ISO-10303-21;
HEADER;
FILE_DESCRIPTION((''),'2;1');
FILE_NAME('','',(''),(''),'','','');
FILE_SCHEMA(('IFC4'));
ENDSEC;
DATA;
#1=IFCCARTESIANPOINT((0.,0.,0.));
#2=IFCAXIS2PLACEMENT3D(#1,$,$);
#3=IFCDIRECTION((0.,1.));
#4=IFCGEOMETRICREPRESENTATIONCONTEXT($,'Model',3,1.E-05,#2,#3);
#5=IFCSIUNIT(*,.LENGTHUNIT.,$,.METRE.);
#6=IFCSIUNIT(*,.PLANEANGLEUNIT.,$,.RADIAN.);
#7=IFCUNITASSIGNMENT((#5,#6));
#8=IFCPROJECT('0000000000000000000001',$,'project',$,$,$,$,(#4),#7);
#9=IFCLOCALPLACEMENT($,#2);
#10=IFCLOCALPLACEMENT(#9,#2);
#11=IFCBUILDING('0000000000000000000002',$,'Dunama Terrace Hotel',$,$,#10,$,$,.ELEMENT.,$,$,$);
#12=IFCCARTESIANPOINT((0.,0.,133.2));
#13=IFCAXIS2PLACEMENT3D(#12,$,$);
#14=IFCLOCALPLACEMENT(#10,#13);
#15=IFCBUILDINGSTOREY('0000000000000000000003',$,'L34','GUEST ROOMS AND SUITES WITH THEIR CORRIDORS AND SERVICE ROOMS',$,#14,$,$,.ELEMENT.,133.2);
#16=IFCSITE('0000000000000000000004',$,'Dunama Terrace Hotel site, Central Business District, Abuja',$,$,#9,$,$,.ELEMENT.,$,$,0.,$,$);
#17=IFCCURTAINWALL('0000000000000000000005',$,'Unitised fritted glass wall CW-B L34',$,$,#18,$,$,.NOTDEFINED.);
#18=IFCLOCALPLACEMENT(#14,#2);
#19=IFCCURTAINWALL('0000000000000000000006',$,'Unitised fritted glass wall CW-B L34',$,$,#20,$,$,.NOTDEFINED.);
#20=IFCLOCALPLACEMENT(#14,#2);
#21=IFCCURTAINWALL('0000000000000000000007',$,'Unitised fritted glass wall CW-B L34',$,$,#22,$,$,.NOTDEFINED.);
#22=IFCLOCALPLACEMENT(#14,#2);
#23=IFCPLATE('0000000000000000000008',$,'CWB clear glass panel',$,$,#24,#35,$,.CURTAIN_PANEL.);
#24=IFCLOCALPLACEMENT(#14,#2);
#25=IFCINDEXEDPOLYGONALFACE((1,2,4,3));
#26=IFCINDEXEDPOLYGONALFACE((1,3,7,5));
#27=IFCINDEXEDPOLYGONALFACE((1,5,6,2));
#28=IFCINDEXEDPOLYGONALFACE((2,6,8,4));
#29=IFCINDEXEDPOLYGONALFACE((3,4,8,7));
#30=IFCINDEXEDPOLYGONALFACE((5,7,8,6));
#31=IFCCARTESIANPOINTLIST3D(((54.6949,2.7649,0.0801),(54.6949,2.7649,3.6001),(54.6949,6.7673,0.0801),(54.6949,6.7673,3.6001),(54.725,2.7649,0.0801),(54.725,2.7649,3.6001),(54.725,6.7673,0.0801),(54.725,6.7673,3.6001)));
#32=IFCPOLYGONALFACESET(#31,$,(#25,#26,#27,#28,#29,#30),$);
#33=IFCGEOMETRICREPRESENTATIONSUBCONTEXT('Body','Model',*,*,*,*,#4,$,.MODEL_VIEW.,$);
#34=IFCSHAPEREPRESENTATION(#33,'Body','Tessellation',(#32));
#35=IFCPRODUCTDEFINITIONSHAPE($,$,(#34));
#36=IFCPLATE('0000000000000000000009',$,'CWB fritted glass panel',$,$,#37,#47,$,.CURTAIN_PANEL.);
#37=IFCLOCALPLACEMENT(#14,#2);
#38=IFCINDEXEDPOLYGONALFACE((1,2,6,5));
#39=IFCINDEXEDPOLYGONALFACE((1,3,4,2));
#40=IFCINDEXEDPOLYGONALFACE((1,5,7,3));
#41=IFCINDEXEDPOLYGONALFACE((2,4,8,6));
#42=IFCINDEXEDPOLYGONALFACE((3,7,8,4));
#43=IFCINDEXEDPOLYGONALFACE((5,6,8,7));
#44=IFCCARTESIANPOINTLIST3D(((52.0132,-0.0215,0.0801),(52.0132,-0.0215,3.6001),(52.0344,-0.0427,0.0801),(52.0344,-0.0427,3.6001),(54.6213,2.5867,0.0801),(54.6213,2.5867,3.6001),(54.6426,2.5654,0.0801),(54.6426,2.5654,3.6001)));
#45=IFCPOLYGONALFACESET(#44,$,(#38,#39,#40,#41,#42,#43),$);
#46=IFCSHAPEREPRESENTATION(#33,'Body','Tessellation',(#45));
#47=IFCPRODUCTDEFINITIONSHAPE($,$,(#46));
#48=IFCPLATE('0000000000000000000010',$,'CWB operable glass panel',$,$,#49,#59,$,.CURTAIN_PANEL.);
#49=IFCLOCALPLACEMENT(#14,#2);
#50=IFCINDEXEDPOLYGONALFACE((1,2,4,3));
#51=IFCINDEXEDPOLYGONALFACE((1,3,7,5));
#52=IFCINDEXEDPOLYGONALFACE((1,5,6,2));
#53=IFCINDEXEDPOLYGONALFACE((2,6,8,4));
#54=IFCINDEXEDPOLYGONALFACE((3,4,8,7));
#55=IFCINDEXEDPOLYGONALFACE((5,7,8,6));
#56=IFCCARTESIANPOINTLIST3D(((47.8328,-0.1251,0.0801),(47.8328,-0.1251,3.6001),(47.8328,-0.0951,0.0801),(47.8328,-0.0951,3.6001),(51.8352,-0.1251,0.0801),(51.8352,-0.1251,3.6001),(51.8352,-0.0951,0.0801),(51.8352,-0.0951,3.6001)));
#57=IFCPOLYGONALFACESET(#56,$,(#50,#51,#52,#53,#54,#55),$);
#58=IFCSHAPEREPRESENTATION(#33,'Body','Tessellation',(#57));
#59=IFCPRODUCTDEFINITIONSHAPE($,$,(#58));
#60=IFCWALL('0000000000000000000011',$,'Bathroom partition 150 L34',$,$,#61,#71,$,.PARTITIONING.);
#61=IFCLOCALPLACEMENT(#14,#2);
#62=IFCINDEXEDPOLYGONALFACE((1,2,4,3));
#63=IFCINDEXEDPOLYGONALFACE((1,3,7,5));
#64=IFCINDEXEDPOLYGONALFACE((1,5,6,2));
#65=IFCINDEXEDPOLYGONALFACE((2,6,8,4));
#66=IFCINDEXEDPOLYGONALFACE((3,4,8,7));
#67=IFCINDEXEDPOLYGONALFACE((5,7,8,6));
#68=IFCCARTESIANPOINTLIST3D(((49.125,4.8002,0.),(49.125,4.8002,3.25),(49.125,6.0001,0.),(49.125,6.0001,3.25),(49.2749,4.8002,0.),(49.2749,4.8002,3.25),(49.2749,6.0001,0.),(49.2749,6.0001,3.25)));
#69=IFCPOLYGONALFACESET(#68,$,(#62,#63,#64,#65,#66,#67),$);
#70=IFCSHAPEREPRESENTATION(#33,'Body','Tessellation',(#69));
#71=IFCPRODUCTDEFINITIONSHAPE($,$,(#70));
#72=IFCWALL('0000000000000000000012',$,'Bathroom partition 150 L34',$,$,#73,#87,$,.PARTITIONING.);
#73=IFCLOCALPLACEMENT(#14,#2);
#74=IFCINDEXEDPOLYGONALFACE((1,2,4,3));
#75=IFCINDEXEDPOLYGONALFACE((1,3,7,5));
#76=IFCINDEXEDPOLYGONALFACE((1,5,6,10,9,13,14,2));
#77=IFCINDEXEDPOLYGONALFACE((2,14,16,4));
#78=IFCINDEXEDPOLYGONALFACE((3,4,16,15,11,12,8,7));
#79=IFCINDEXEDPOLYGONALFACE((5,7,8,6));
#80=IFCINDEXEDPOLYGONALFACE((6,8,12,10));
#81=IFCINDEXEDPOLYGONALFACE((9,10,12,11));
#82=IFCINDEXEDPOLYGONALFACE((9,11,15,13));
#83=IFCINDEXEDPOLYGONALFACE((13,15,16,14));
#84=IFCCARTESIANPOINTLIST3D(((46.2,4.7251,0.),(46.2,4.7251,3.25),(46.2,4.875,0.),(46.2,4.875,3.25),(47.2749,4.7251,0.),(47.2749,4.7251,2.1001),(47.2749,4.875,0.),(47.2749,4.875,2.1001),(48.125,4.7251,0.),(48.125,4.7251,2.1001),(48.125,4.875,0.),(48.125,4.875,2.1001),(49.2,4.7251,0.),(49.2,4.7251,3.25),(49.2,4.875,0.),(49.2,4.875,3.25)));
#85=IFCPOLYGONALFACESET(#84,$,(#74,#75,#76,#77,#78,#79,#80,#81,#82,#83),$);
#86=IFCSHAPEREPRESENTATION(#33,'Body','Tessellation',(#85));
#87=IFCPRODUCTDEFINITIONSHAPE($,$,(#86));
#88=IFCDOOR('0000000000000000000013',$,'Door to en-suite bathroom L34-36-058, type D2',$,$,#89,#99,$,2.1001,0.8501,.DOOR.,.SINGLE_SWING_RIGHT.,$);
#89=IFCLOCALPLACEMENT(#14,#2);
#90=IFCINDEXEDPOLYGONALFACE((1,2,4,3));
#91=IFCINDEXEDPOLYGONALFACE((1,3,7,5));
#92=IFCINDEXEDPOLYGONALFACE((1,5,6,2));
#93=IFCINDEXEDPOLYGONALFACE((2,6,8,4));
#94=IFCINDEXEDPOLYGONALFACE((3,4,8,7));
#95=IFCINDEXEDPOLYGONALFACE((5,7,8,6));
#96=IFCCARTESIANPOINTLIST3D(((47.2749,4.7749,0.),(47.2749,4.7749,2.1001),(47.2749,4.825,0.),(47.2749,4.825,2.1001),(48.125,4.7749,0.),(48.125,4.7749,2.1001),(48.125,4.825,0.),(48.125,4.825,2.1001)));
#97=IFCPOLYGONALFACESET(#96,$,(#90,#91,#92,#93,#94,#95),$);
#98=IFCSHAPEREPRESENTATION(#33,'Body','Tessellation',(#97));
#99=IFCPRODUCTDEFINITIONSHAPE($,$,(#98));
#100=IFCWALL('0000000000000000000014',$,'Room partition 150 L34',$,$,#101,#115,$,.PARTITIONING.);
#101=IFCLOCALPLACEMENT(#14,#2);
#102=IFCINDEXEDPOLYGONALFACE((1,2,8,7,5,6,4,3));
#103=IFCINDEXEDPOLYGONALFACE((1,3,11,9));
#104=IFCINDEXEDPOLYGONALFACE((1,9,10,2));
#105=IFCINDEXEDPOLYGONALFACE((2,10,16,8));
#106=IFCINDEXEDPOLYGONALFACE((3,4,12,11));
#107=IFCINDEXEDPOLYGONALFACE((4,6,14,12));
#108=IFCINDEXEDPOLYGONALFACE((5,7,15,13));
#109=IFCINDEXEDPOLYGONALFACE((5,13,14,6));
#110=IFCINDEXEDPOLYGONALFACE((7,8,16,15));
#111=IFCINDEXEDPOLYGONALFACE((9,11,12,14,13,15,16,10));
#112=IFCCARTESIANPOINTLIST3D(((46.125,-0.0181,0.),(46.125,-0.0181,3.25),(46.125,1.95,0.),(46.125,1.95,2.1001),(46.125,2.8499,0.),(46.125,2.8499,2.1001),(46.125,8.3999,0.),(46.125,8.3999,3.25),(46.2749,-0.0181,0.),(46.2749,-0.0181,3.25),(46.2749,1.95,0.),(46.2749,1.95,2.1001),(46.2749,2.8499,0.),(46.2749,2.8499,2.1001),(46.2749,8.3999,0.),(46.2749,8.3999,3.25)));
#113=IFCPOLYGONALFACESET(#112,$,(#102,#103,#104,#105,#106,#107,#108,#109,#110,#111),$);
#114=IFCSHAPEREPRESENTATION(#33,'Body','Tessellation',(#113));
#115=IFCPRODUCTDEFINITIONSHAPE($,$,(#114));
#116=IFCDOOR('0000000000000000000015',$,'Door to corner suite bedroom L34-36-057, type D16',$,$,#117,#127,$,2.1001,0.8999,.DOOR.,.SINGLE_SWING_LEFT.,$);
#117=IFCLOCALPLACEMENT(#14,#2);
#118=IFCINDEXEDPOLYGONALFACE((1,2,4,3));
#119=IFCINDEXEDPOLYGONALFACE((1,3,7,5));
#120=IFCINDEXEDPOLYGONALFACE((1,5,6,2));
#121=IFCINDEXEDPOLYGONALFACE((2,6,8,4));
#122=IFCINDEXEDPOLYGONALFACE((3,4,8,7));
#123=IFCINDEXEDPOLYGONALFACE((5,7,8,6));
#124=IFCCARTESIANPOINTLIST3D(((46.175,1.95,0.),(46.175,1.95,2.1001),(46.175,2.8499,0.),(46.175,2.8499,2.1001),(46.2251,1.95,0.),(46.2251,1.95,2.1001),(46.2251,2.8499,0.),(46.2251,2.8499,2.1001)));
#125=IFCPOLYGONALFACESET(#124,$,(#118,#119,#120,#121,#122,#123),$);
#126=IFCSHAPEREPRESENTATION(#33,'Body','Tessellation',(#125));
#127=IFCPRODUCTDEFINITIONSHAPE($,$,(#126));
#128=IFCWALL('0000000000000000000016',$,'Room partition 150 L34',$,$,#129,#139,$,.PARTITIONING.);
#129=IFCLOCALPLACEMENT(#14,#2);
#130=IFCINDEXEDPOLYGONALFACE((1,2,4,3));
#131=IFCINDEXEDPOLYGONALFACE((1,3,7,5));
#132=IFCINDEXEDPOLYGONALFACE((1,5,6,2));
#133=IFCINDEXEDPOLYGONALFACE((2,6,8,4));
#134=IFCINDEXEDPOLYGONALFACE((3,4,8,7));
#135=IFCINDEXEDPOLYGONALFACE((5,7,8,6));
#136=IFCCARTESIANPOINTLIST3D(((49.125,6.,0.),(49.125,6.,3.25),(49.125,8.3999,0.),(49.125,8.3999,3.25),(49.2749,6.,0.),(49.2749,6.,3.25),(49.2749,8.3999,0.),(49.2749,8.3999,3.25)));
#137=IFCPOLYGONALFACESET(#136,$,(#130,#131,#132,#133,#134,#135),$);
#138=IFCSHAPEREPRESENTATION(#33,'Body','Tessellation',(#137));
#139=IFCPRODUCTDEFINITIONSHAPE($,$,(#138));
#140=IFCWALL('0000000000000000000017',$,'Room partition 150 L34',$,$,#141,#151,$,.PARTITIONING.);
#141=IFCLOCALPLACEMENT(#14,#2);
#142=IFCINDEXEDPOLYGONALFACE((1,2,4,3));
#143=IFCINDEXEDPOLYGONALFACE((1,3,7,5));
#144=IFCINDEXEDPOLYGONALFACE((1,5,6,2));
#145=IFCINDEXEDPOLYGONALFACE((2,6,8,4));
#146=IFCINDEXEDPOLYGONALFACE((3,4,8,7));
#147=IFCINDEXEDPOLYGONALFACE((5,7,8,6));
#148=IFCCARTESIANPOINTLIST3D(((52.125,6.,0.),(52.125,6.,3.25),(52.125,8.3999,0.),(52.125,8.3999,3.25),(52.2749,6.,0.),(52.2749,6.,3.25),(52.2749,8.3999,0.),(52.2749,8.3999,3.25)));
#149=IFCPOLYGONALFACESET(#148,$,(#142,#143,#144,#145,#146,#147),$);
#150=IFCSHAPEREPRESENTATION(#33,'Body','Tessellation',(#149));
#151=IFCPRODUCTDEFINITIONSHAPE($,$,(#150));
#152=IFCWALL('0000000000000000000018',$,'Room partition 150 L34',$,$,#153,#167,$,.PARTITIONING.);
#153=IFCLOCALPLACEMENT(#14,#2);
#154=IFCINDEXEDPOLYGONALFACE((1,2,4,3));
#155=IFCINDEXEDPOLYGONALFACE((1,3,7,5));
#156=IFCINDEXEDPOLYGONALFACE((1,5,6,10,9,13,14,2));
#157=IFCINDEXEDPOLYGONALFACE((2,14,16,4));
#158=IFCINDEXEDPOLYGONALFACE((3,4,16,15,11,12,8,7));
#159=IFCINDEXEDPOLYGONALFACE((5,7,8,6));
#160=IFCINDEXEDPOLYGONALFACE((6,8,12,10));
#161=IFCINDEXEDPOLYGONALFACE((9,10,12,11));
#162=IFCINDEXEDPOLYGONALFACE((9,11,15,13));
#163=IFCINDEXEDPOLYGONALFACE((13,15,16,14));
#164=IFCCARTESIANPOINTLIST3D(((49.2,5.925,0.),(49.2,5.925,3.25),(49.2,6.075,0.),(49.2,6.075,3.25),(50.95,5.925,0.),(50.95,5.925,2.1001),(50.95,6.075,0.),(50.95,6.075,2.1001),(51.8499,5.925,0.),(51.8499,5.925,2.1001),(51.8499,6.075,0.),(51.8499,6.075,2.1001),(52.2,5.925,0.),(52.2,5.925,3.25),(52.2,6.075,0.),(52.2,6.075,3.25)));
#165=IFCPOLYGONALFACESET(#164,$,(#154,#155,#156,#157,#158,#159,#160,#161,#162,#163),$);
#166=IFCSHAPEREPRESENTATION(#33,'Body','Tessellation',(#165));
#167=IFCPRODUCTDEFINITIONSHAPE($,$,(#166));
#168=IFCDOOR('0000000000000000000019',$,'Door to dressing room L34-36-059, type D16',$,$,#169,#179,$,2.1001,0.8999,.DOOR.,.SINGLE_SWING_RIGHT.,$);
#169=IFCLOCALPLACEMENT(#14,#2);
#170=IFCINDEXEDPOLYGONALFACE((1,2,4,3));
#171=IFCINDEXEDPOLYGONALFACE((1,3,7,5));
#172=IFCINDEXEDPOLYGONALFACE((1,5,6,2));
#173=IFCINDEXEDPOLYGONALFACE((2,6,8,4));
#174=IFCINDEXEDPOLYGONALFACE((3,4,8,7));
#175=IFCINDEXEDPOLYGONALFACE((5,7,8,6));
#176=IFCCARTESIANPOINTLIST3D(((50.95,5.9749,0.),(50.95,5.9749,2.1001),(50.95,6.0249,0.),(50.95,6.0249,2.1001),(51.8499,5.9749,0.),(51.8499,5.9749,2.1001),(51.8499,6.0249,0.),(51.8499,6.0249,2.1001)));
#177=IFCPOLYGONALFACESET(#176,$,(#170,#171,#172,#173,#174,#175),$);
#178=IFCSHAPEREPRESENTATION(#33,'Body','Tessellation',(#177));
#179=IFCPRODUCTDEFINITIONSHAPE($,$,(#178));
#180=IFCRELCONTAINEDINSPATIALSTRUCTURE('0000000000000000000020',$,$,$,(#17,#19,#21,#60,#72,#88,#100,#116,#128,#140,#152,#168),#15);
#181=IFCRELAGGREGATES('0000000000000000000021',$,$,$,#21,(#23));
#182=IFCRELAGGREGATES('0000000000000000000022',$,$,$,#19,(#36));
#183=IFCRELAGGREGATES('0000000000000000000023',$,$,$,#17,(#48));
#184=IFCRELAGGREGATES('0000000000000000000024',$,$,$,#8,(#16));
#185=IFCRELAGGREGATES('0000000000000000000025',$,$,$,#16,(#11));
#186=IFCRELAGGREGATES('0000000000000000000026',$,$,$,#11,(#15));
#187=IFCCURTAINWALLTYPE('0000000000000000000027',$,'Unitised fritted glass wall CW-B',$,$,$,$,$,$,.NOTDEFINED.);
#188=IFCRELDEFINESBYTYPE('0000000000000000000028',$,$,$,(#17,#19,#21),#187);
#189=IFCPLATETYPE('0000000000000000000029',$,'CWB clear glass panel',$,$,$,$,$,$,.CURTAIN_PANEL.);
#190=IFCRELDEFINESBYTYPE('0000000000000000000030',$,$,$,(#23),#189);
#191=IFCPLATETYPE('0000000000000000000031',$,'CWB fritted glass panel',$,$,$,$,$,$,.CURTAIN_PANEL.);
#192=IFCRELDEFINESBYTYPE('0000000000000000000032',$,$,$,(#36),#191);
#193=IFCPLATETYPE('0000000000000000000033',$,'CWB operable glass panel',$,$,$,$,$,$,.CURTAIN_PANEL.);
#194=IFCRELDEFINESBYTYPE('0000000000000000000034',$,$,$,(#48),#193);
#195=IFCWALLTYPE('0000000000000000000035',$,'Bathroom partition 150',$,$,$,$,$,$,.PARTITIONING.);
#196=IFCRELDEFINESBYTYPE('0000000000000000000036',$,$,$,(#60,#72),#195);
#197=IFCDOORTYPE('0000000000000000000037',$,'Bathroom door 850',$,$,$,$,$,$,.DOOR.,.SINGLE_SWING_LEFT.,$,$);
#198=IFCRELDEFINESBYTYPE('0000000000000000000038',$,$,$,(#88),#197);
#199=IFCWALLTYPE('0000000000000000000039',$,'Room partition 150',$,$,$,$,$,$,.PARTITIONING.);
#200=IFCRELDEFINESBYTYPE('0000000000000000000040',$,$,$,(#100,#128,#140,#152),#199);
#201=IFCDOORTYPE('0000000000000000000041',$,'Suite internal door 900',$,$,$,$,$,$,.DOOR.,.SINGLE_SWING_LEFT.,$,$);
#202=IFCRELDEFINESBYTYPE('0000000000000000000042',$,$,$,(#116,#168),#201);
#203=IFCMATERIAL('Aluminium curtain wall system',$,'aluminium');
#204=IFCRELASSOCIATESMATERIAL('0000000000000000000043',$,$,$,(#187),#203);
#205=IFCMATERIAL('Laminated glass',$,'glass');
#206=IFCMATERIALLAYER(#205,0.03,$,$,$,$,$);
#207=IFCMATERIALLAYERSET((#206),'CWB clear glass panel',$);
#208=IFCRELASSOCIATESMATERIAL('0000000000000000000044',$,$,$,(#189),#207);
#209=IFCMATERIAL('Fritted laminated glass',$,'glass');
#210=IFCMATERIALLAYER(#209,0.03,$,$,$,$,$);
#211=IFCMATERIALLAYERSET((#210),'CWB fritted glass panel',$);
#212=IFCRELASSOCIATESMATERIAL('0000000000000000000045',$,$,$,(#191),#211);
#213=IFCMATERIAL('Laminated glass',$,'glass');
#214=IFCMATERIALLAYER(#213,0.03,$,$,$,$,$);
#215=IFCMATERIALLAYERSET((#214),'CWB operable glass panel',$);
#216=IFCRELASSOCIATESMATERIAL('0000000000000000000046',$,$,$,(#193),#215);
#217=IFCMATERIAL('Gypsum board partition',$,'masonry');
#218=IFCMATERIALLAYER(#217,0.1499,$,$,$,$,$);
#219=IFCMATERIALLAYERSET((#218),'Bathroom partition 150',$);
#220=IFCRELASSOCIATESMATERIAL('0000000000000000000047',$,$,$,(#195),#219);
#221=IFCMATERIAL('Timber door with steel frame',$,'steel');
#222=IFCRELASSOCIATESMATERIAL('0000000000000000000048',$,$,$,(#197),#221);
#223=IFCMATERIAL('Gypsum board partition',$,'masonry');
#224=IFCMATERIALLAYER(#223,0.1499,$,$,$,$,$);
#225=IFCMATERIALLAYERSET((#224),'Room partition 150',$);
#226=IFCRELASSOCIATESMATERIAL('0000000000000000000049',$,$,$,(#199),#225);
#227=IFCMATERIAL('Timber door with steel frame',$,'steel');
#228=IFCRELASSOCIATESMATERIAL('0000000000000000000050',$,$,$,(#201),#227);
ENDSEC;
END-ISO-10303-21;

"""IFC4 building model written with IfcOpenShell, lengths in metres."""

from ifc_helpers import new_model, si_unit, direction, frame, frame_2d, origin, origin_2d, place, context, subcontext, project, spatial, rectangle, extrude, material, layer, layer_set, type_object, element, fill, aggregate, save


model = new_model("IFC4")

# Units and contexts
model_context = context("Model", 3, precision=1e-05, world=origin(), true_north=direction((0.0, 1.0)))
body_context = subcontext(model_context, "Body", "Model", "MODEL_VIEW")
ifc_project = project(units=[si_unit("LENGTHUNIT", "METRE"), si_unit("PLANEANGLEUNIT", "RADIAN")], contexts=[model_context])

# Site, building, storey
site_placement = place(None, origin())
site = spatial("IfcSite", under=ifc_project, at=site_placement, Name="Dunama Terrace Hotel site, Central Business District, Abuja", CompositionType="ELEMENT", RefElevation=0.0)
building_placement = place(site_placement, origin())
building = spatial("IfcBuilding", under=site, at=building_placement, Name="Dunama Terrace Hotel", CompositionType="ELEMENT")
storey_placement = place(building_placement, frame((0.0, 0.0, 133.2)))
storey = spatial("IfcBuildingStorey", under=building, at=storey_placement, Name="L34", Description="GUEST ROOMS AND SUITES WITH THEIR CORRIDORS AND SERVICE ROOMS", CompositionType="ELEMENT", Elevation=133.2)

# Curtain walls
ifc_material_1 = material(Name="Aluminium curtain wall system", Category="aluminium")
curtain_wall_type = type_object("IfcCurtainWallType", Name="Unitised fritted glass wall CW-B", PredefinedType="NOTDEFINED", material=ifc_material_1)
curtain_wall_1_placement = place(storey_placement, origin())
curtain_wall_1 = element("IfcCurtainWall", 1, at=curtain_wall_1_placement, inside=storey, type_object=curtain_wall_type, Name="Unitised fritted glass wall CW-B L34", PredefinedType="NOTDEFINED")
curtain_wall_2_placement = place(storey_placement, origin())
curtain_wall_2 = element("IfcCurtainWall", 2, at=curtain_wall_2_placement, inside=storey, type_object=curtain_wall_type, Name="Unitised fritted glass wall CW-B L34", PredefinedType="NOTDEFINED")
curtain_wall_3_placement = place(storey_placement, origin())
curtain_wall_3 = element("IfcCurtainWall", 3, at=curtain_wall_3_placement, inside=storey, type_object=curtain_wall_type, Name="Unitised fritted glass wall CW-B L34", PredefinedType="NOTDEFINED")

# Plates
ifc_material_2 = material(Name="Laminated glass", Category="glass")
ifc_layer_1 = layer(ifc_material_2, 0.03)
ifc_layer_set_1 = layer_set([ifc_layer_1], Name="CWB clear glass panel")
plate_type_1 = type_object("IfcPlateType", Name="CWB clear glass panel", PredefinedType="CURTAIN_PANEL", material=ifc_layer_set_1)
plate_1_placement = place(storey_placement, frame((54.71, 4.7661, 0.0801), z_axis=(0.0, 0.0, 1.0), x_axis=(0.0, 1.0, 0.0)))
plate_1 = element("IfcPlate", 4, at=plate_1_placement, type_object=plate_type_1, Name="CWB clear glass panel", PredefinedType="CURTAIN_PANEL", context=body_context, shape_type="SweptSolid", body=[
    extrude(rectangle(XDim=4.0024, YDim=0.03, at=origin_2d()), origin(), (0.0, 0.0, 1.0), 3.52),
])
aggregate(curtain_wall_3, [plate_1])
ifc_material_3 = material(Name="Fritted laminated glass", Category="glass")
ifc_layer_2 = layer(ifc_material_3, 0.03)
ifc_layer_set_2 = layer_set([ifc_layer_2], Name="CWB fritted glass panel")
plate_type_2 = type_object("IfcPlateType", Name="CWB fritted glass panel", PredefinedType="CURTAIN_PANEL", material=ifc_layer_set_2)
plate_2_placement = place(storey_placement, frame((53.3279, 1.272, 0.0801), z_axis=(0.0, 0.0, 1.0), x_axis=(0.707107, 0.707107, 0.0)))
plate_2 = element("IfcPlate", 5, at=plate_2_placement, type_object=plate_type_2, Name="CWB fritted glass panel", PredefinedType="CURTAIN_PANEL", context=body_context, shape_type="SweptSolid", body=[
    extrude(rectangle(XDim=3.6885, YDim=0.03, at=origin_2d()), origin(), (0.0, 0.0, 1.0), 3.52),
])
aggregate(curtain_wall_2, [plate_2])
ifc_material_4 = material(Name="Laminated glass", Category="glass")
ifc_layer_3 = layer(ifc_material_4, 0.03)
ifc_layer_set_3 = layer_set([ifc_layer_3], Name="CWB operable glass panel")
plate_type_3 = type_object("IfcPlateType", Name="CWB operable glass panel", PredefinedType="CURTAIN_PANEL", material=ifc_layer_set_3)
plate_3_placement = place(storey_placement, frame((49.834, -0.1101, 0.0801), z_axis=(0.0, 0.0, 1.0), x_axis=(1.0, 0.0, 0.0)))
plate_3 = element("IfcPlate", 6, at=plate_3_placement, type_object=plate_type_3, Name="CWB operable glass panel", PredefinedType="CURTAIN_PANEL", context=body_context, shape_type="SweptSolid", body=[
    extrude(rectangle(XDim=4.0024, YDim=0.03, at=origin_2d()), origin(), (0.0, 0.0, 1.0), 3.52),
])
aggregate(curtain_wall_1, [plate_3])

# Wall
ifc_material_5 = material(Name="Gypsum board partition", Category="masonry")
ifc_layer_4 = layer(ifc_material_5, 0.1499)
ifc_layer_set_4 = layer_set([ifc_layer_4], Name="Bathroom partition 150")
wall_type_1 = type_object("IfcWallType", Name="Bathroom partition 150", PredefinedType="PARTITIONING", material=ifc_layer_set_4)
wall_1_placement = place(storey_placement, frame((49.2, 4.8, 0.0), z_axis=(0.0, 0.0, 1.0), x_axis=(0.0, 1.0, 0.0)))
element("IfcWall", 7, at=wall_1_placement, inside=storey, type_object=wall_type_1, Name="Bathroom partition 150 L34", PredefinedType="PARTITIONING", context=body_context, shape_type="SweptSolid", body=[
    extrude(rectangle(XDim=1.2, YDim=0.1499, at=frame_2d((0.6001, 0.0))), origin(), (0.0, 0.0, 1.0), 3.25),
])

# Walls, openings, doors
wall_2_placement = place(storey_placement, frame((46.2, 4.8, 0.0), z_axis=(0.0, 0.0, 1.0), x_axis=(1.0, 0.0, 0.0)))
wall_2 = element("IfcWall", 8, at=wall_2_placement, inside=storey, type_object=wall_type_1, Name="Bathroom partition 150 L34", PredefinedType="PARTITIONING", context=body_context, shape_type="SweptSolid", body=[
    extrude(rectangle(XDim=3.0, YDim=0.1499, at=frame_2d((1.5, 0.0))), origin(), (0.0, 0.0, 1.0), 3.25),
])
opening_1_placement = place(wall_2_placement, frame((1.075, 0.0, 0.0)))
opening_1 = element("IfcOpeningElement", 9, at=opening_1_placement, cuts=wall_2, PredefinedType="OPENING", context=body_context, shape_type="SweptSolid", body=[
    extrude(rectangle(XDim=0.8501, YDim=2.1001, at=frame_2d((0.425, 1.05))), frame((0.0, 0.085, 0.0), z_axis=(0.0, -1.0, 0.0), x_axis=(1.0, 0.0, 0.0)), (0.0, 0.0, 1.0), 0.1699),
])
ifc_material_6 = material(Name="Timber door with steel frame", Category="steel")
door_type_1 = type_object("IfcDoorType", Name="Bathroom door 850", OperationType="SINGLE_SWING_LEFT", PredefinedType="DOOR", material=ifc_material_6)
door_1_placement = place(opening_1_placement, origin())
door_1 = element("IfcDoor", 10, at=door_1_placement, inside=storey, type_object=door_type_1, Name="Door to en-suite bathroom L34-36-058, type D2", OperationType="SINGLE_SWING_RIGHT", OverallHeight=2.1001, OverallWidth=0.8501, PredefinedType="DOOR", context=body_context, shape_type="SweptSolid", body=[
    extrude(rectangle(XDim=0.8501, YDim=2.1001, at=frame_2d((0.425, 1.05))), frame((0.0, 0.0249, 0.0), z_axis=(0.0, -1.0, 0.0), x_axis=(1.0, 0.0, 0.0)), (0.0, 0.0, 1.0), 0.05),
])
fill(opening_1, door_1)
ifc_material_7 = material(Name="Gypsum board partition", Category="masonry")
ifc_layer_5 = layer(ifc_material_7, 0.1499)
ifc_layer_set_5 = layer_set([ifc_layer_5], Name="Room partition 150")
wall_type_2 = type_object("IfcWallType", Name="Room partition 150", PredefinedType="PARTITIONING", material=ifc_layer_set_5)
wall_3_placement = place(storey_placement, frame((46.2, -0.0181, 0.0), z_axis=(0.0, 0.0, 1.0), x_axis=(0.0, 1.0, 0.0)))
wall_3 = element("IfcWall", 11, at=wall_3_placement, inside=storey, type_object=wall_type_2, Name="Room partition 150 L34", PredefinedType="PARTITIONING", context=body_context, shape_type="SweptSolid", body=[
    extrude(rectangle(XDim=8.418, YDim=0.1499, at=frame_2d((4.209, 0.0))), origin(), (0.0, 0.0, 1.0), 3.25),
])
opening_2_placement = place(wall_3_placement, frame((1.968, 0.0, 0.0)))
opening_2 = element("IfcOpeningElement", 12, at=opening_2_placement, cuts=wall_3, PredefinedType="OPENING", context=body_context, shape_type="SweptSolid", body=[
    extrude(rectangle(XDim=0.8999, YDim=2.1001, at=frame_2d((0.45, 1.05))), frame((0.0, 0.085, 0.0), z_axis=(0.0, -1.0, 0.0), x_axis=(1.0, 0.0, 0.0)), (0.0, 0.0, 1.0), 0.1699),
])
ifc_material_8 = material(Name="Timber door with steel frame", Category="steel")
door_type_2 = type_object("IfcDoorType", Name="Suite internal door 900", OperationType="SINGLE_SWING_LEFT", PredefinedType="DOOR", material=ifc_material_8)
door_2_placement = place(opening_2_placement, frame((0.8999, 0.0, 0.0), z_axis=(0.0, 0.0, 1.0), x_axis=(-1.0, 0.0, 0.0)))
door_2 = element("IfcDoor", 13, at=door_2_placement, inside=storey, type_object=door_type_2, Name="Door to corner suite bedroom L34-36-057, type D16", OperationType="SINGLE_SWING_LEFT", OverallHeight=2.1001, OverallWidth=0.8999, PredefinedType="DOOR", context=body_context, shape_type="SweptSolid", body=[
    extrude(rectangle(XDim=0.8999, YDim=2.1001, at=frame_2d((0.45, 1.05))), frame((0.0, 0.0251, 0.0), z_axis=(0.0, -1.0, 0.0), x_axis=(1.0, 0.0, 0.0)), (0.0, 0.0, 1.0), 0.05),
])
fill(opening_2, door_2)

# Walls
for number, where, z_axis, x_axis, name in (
    (14, (49.2, 6.0, 0.0), (0.0, 0.0, 1.0), (0.0, 1.0, 0.0), "Room partition 150 L34"),
    (15, (52.2, 6.0, 0.0), (0.0, 0.0, 1.0), (0.0, 1.0, 0.0), "Room partition 150 L34"),
):
    element("IfcWall", number, at=place(storey_placement, frame(where, z_axis=z_axis, x_axis=x_axis)), inside=storey, type_object=wall_type_2, Name=name, PredefinedType="PARTITIONING", context=body_context, shape_type="SweptSolid", body=[
        extrude(rectangle(XDim=2.3999, YDim=0.1499, at=frame_2d((1.2, 0.0))), origin(), (0.0, 0.0, 1.0), 3.25),
    ])

# Wall, opening, door
wall_4_placement = place(storey_placement, frame((49.2, 6.0, 0.0), z_axis=(0.0, 0.0, 1.0), x_axis=(1.0, 0.0, 0.0)))
wall_4 = element("IfcWall", 16, at=wall_4_placement, inside=storey, type_object=wall_type_2, Name="Room partition 150 L34", PredefinedType="PARTITIONING", context=body_context, shape_type="SweptSolid", body=[
    extrude(rectangle(XDim=3.0, YDim=0.1499, at=frame_2d((1.5, 0.0))), origin(), (0.0, 0.0, 1.0), 3.25),
])
opening_3_placement = place(wall_4_placement, frame((1.75, 0.0, 0.0)))
opening_3 = element("IfcOpeningElement", 17, at=opening_3_placement, cuts=wall_4, PredefinedType="OPENING", context=body_context, shape_type="SweptSolid", body=[
    extrude(rectangle(XDim=0.8999, YDim=2.1001, at=frame_2d((0.45, 1.05))), frame((0.0, 0.085, 0.0), z_axis=(0.0, -1.0, 0.0), x_axis=(1.0, 0.0, 0.0)), (0.0, 0.0, 1.0), 0.1699),
])
door_3_placement = place(opening_3_placement, origin())
door_3 = element("IfcDoor", 18, at=door_3_placement, inside=storey, type_object=door_type_2, Name="Door to dressing room L34-36-059, type D16", OperationType="SINGLE_SWING_RIGHT", OverallHeight=2.1001, OverallWidth=0.8999, PredefinedType="DOOR", context=body_context, shape_type="SweptSolid", body=[
    extrude(rectangle(XDim=0.8999, YDim=2.1001, at=frame_2d((0.45, 1.05))), frame((0.0, 0.0249, 0.0), z_axis=(0.0, -1.0, 0.0), x_axis=(1.0, 0.0, 0.0)), (0.0, 0.0, 1.0), 0.05),
])
fill(opening_3, door_3)

save(model, "model.ifc")
